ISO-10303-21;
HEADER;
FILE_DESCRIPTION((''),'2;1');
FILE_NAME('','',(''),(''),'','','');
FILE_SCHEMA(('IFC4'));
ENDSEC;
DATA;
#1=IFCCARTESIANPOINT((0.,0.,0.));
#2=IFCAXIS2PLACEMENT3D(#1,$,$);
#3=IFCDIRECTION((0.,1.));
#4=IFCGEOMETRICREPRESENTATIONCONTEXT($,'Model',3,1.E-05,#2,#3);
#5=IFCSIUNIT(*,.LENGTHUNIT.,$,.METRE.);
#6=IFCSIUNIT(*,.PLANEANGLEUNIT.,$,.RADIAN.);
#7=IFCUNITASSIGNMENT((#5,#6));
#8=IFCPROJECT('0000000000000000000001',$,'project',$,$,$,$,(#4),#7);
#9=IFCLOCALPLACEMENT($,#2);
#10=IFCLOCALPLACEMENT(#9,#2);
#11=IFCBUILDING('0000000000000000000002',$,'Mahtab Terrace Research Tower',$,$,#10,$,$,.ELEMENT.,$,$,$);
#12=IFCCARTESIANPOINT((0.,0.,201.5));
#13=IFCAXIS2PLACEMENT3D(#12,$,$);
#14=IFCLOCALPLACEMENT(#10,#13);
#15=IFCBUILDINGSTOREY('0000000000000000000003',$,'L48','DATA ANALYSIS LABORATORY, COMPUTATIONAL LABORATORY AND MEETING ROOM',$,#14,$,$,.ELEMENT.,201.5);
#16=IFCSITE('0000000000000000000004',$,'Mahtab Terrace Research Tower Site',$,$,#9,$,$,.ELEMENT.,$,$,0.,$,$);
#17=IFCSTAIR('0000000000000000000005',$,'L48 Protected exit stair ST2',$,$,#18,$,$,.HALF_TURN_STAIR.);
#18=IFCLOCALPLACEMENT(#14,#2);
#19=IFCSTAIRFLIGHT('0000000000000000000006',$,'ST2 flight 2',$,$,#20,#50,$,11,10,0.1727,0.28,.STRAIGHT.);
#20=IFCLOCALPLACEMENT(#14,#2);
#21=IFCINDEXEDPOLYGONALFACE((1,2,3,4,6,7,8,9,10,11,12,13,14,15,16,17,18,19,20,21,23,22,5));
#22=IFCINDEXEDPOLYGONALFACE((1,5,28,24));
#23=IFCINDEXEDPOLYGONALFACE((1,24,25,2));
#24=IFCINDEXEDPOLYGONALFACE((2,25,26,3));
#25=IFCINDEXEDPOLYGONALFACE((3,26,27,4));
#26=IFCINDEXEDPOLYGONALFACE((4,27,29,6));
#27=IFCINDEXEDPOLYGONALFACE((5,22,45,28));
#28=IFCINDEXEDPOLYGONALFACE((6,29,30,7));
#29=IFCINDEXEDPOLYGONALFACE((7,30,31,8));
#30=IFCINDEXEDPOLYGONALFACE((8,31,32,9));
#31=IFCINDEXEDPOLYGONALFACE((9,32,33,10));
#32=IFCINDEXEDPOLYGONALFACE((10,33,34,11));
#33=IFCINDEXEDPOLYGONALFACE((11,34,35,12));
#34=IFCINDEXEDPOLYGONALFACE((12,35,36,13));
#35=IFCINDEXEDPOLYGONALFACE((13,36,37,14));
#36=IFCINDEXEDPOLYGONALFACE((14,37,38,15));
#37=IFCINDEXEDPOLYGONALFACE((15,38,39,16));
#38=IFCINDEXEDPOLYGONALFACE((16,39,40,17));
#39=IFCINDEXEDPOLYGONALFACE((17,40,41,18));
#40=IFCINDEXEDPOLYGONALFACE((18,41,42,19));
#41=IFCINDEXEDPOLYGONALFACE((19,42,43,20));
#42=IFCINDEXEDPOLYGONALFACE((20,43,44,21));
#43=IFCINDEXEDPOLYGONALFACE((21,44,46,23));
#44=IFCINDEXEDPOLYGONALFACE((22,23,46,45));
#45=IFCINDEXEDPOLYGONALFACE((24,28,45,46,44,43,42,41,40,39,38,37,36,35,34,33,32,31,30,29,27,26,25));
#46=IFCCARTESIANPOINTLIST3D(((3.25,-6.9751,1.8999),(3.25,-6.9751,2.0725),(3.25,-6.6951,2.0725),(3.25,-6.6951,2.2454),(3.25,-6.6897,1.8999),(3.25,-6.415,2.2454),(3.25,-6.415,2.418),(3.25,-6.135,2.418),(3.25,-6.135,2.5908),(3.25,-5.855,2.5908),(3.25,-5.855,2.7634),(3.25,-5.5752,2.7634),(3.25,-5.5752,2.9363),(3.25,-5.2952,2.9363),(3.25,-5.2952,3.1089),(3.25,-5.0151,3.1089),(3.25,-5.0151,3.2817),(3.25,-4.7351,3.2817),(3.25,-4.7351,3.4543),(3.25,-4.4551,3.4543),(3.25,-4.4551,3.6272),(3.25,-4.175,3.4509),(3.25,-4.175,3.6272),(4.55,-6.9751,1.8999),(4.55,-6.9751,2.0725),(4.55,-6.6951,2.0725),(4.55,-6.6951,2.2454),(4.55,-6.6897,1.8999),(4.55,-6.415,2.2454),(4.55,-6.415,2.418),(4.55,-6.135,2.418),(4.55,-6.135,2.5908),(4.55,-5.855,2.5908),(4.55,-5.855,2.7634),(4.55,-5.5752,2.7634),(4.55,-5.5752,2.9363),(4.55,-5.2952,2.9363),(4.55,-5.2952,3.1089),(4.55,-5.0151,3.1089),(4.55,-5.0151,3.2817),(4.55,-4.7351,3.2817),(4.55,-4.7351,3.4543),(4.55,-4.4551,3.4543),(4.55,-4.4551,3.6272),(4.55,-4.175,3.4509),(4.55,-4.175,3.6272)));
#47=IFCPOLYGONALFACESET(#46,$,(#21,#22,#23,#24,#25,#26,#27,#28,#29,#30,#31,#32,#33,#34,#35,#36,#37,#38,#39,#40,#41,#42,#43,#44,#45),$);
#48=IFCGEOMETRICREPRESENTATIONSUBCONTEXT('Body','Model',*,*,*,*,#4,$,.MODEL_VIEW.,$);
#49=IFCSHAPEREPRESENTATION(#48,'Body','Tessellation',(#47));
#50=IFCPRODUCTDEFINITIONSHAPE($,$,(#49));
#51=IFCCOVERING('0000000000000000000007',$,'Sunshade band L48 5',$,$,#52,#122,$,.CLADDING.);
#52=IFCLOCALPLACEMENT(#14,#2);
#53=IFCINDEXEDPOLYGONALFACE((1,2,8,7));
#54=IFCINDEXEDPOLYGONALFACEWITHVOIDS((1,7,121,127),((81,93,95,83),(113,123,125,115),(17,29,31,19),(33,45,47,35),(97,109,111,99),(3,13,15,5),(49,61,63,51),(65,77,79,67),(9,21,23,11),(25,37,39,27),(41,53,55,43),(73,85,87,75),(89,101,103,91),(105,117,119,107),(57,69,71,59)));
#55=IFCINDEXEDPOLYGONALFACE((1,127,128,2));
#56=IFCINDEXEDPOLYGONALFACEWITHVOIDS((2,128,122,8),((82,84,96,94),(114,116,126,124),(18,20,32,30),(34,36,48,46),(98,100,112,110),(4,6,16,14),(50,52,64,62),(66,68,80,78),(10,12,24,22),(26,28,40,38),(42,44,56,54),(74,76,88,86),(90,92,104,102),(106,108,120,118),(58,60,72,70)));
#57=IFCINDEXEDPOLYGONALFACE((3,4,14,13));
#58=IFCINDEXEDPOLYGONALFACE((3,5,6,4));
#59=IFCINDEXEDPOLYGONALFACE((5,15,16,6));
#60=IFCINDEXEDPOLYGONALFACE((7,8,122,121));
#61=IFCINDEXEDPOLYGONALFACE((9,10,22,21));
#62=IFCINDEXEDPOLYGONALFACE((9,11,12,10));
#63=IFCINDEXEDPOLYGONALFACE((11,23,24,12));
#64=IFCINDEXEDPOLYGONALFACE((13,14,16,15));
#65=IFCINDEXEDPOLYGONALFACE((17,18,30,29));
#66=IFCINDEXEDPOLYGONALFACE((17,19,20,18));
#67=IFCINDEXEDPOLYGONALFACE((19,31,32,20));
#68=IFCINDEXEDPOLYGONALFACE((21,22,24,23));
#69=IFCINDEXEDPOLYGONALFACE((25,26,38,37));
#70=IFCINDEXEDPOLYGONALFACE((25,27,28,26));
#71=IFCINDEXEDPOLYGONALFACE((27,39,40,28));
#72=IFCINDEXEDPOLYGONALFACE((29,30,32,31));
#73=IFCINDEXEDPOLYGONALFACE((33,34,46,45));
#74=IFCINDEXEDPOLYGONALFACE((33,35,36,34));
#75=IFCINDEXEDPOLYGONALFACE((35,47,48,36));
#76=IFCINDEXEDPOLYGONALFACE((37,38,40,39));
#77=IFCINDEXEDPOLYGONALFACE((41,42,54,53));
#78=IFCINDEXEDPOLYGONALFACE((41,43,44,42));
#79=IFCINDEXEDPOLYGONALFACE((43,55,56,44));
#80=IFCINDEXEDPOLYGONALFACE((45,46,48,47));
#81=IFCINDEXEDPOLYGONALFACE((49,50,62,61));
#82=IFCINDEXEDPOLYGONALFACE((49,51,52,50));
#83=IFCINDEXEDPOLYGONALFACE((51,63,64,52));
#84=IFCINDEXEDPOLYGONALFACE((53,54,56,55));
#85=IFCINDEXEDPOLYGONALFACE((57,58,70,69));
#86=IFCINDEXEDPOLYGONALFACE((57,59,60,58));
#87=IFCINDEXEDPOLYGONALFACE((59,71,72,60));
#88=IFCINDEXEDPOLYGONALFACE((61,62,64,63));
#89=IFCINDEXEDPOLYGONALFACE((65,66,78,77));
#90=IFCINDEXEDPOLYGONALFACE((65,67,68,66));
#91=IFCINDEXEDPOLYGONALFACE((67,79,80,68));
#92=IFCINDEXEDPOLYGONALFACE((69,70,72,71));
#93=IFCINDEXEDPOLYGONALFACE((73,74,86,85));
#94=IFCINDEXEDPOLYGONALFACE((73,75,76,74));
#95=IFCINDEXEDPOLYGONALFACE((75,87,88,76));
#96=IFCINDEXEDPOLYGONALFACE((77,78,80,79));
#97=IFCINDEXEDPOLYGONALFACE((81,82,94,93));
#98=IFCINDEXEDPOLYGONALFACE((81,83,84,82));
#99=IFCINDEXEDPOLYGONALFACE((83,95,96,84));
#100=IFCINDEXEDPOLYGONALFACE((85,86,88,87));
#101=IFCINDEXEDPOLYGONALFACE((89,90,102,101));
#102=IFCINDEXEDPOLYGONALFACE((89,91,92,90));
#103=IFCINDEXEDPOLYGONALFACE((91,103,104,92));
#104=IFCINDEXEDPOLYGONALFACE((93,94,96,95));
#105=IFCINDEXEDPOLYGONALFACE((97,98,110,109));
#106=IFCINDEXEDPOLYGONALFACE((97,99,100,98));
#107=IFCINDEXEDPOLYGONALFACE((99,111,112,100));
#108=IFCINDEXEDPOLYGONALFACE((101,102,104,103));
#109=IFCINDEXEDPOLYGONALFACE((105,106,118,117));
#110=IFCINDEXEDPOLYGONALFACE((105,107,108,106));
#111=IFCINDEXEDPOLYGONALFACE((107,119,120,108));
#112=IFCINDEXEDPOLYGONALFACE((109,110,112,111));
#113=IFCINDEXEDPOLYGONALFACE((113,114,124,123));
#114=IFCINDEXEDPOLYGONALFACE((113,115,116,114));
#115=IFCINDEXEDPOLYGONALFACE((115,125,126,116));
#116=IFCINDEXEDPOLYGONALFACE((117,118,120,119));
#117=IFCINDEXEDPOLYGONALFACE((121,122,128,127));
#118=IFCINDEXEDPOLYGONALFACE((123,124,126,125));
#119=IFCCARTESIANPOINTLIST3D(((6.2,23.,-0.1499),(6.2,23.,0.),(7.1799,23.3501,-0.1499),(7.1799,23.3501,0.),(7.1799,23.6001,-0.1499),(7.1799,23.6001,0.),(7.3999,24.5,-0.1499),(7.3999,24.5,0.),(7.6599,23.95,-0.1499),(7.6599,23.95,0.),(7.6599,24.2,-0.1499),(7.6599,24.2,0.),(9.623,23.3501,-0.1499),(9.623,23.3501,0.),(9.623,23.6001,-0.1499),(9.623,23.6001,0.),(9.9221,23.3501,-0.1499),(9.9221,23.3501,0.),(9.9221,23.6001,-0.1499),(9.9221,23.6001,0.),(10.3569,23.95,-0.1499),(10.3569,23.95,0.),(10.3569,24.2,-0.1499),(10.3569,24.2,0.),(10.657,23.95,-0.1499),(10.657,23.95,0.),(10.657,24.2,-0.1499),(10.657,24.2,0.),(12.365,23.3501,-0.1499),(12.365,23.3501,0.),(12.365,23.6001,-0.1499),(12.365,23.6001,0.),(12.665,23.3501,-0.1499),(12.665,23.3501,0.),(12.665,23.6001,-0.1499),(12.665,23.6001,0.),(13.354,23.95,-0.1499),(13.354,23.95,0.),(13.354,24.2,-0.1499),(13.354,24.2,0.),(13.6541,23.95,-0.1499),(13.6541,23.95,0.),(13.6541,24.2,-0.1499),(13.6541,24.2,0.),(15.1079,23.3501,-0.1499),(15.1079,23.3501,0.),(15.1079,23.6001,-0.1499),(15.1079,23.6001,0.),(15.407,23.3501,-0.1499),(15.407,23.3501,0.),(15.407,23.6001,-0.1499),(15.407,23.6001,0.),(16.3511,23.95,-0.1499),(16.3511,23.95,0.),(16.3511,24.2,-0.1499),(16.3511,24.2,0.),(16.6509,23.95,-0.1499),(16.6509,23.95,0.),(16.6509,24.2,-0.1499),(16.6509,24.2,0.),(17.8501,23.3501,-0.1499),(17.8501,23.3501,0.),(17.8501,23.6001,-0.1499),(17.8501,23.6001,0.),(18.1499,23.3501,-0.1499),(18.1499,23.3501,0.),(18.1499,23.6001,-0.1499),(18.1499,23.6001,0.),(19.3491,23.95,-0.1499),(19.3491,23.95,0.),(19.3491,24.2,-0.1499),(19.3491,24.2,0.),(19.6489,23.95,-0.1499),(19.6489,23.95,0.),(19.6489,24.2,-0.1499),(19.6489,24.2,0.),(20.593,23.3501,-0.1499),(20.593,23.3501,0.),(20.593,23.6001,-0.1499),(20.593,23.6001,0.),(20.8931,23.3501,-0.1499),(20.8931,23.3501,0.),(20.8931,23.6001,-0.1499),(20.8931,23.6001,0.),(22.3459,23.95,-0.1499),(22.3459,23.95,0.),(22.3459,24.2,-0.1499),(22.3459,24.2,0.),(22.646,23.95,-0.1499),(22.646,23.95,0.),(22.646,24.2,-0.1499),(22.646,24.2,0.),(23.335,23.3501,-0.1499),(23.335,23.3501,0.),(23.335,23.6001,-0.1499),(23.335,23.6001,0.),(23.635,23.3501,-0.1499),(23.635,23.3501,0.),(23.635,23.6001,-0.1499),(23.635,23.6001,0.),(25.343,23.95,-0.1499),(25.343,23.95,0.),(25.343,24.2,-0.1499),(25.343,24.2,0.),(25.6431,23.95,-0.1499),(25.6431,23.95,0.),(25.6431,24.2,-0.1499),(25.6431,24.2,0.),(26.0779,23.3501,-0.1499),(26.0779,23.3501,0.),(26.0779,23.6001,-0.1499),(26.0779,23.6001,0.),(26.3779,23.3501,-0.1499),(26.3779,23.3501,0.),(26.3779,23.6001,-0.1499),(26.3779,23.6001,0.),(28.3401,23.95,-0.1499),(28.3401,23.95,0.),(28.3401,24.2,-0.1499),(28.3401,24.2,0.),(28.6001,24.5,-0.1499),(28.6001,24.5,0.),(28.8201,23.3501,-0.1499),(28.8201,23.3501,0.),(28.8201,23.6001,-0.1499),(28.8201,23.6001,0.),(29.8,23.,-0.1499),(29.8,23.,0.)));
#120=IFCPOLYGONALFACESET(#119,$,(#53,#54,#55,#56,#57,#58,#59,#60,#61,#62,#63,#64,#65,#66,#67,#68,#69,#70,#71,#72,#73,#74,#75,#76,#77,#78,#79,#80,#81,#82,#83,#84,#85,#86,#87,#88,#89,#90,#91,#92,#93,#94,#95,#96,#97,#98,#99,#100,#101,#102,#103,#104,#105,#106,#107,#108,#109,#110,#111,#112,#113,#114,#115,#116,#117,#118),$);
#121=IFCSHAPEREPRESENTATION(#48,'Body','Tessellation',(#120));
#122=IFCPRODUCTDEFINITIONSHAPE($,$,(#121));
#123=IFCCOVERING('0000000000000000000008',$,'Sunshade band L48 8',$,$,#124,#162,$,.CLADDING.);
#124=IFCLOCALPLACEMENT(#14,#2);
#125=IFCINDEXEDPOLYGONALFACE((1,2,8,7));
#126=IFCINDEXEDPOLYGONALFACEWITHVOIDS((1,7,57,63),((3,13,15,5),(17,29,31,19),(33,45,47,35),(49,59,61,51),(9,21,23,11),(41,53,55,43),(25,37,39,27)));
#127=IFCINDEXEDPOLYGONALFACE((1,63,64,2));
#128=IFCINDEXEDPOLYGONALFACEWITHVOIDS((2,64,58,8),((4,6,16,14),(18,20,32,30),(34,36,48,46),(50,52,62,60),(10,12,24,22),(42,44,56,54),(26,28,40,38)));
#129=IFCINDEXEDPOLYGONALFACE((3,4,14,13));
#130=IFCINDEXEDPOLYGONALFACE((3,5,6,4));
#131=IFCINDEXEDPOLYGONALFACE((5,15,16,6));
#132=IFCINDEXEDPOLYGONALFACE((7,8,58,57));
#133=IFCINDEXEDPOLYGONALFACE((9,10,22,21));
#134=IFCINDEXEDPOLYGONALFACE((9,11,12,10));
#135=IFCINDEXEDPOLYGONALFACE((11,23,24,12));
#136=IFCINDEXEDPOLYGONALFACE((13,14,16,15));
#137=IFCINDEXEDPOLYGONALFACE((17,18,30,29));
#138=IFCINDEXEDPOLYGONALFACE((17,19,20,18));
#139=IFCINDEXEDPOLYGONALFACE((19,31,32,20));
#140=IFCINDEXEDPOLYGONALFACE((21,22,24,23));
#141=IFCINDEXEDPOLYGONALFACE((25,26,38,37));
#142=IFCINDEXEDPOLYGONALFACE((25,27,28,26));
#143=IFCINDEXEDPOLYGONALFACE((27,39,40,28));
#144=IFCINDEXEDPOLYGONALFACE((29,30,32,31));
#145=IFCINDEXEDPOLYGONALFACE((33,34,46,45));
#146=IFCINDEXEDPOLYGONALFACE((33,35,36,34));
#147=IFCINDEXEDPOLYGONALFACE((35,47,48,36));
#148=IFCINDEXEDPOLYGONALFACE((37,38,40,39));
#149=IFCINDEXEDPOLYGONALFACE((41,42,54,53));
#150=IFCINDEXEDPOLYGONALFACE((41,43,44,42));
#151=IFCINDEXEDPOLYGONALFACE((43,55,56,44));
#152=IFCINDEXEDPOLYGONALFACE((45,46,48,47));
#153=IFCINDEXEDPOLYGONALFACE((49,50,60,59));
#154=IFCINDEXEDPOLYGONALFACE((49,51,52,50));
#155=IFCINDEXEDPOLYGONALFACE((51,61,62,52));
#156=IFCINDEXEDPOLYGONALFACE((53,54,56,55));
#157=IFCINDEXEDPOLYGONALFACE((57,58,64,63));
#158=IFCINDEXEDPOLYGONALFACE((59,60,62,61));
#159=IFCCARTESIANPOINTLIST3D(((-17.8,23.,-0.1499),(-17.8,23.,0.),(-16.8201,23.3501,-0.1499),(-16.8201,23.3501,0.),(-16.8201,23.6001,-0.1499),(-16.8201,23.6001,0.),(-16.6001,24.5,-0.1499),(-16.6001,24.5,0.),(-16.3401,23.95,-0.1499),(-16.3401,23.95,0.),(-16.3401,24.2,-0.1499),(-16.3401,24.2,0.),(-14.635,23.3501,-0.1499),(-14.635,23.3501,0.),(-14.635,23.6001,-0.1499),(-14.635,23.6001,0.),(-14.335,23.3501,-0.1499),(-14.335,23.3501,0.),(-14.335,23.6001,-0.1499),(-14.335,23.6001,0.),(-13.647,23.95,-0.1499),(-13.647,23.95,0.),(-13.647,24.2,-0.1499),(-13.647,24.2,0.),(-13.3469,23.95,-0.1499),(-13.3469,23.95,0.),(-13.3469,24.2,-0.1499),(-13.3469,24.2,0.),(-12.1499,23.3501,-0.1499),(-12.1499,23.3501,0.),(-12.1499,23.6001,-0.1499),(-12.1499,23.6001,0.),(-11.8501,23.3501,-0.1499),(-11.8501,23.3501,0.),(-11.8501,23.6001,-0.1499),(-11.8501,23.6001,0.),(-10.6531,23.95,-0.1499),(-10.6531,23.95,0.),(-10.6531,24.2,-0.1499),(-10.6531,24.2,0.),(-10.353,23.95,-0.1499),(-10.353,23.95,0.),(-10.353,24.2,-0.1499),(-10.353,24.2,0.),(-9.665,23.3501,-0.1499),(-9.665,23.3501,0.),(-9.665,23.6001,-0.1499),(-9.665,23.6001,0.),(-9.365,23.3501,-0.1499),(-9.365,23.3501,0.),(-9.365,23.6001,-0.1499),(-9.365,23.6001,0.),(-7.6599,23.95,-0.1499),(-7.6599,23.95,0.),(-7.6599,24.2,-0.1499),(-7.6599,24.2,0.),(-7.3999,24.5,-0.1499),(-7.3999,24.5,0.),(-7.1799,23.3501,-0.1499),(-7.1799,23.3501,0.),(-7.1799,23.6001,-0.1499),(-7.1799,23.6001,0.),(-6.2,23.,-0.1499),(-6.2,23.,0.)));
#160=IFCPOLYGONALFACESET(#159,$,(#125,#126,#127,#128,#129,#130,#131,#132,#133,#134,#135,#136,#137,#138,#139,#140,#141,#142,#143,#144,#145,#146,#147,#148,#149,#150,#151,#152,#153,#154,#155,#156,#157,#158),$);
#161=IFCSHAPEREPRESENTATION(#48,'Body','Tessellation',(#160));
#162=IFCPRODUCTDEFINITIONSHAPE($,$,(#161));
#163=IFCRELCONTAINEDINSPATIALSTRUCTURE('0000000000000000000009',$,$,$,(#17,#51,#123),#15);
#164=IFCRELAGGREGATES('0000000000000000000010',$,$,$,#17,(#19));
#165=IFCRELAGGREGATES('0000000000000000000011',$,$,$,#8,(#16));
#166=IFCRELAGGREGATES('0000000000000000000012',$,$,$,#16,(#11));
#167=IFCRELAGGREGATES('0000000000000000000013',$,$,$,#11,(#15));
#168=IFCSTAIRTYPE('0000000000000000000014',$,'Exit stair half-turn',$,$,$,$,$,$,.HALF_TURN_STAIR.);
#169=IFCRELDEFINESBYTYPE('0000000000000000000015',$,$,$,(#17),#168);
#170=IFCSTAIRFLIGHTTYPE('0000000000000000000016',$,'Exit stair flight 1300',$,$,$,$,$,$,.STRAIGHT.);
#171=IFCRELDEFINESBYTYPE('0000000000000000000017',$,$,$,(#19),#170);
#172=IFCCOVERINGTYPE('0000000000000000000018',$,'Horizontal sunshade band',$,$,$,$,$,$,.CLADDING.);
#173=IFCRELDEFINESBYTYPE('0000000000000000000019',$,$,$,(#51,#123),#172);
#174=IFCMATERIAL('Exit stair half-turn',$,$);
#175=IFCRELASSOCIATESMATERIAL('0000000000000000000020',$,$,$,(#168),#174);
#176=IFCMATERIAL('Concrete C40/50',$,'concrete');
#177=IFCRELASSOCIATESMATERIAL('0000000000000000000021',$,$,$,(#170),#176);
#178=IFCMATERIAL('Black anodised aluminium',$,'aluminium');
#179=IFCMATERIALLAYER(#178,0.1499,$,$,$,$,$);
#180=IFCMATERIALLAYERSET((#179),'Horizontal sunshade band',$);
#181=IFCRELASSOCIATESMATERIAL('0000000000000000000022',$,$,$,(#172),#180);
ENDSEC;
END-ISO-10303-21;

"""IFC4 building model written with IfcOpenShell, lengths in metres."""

from ifc_helpers import new_model, si_unit, direction, frame, origin, place, context, subcontext, project, spatial, polyline, outline, extrude, material, layer, layer_set, type_object, element, aggregate, save


model = new_model("IFC4")

# Units and contexts
model_context = context("Model", 3, precision=1e-05, world=origin(), true_north=direction((0.0, 1.0)))
body_context = subcontext(model_context, "Body", "Model", "MODEL_VIEW")
ifc_project = project(units=[si_unit("LENGTHUNIT", "METRE"), si_unit("PLANEANGLEUNIT", "RADIAN")], contexts=[model_context])

# Site, building, storey
site_placement = place(None, origin())
site = spatial("IfcSite", under=ifc_project, at=site_placement, Name="Mahtab Terrace Research Tower Site", CompositionType="ELEMENT", RefElevation=0.0)
building_placement = place(site_placement, origin())
building = spatial("IfcBuilding", under=site, at=building_placement, Name="Mahtab Terrace Research Tower", CompositionType="ELEMENT")
storey_placement = place(building_placement, frame((0.0, 0.0, 201.5)))
storey = spatial("IfcBuildingStorey", under=building, at=storey_placement, Name="L48", Description="DATA ANALYSIS LABORATORY, COMPUTATIONAL LABORATORY AND MEETING ROOM", CompositionType="ELEMENT", Elevation=201.5)

# Shared definitions
ifc_material_1 = material(Name="Concrete C40/50", Category="concrete")

# Stair, stair flight
ifc_material_2 = material(Name="Exit stair half-turn")
stair_type = type_object("IfcStairType", Name="Exit stair half-turn", PredefinedType="HALF_TURN_STAIR", material=ifc_material_2)
stair_placement = place(storey_placement, origin())
stair = element("IfcStair", 1, at=stair_placement, inside=storey, type_object=stair_type, Name="L48 Protected exit stair ST2", PredefinedType="HALF_TURN_STAIR")
stair_flight_type = type_object("IfcStairFlightType", Name="Exit stair flight 1300", PredefinedType="STRAIGHT", material=ifc_material_1)
stair_flight_1_placement = place(storey_placement, frame((3.8999, -6.9751, 1.8999), z_axis=(0.0, 0.0, 1.0), x_axis=(0.0, 1.0, 0.0)))
stair_flight_1 = element("IfcStairFlight", 2, at=stair_flight_1_placement, type_object=stair_flight_type, Name="ST2 flight 2", NumberOfRisers=11, NumberOfTreads=10, PredefinedType="STRAIGHT", RiserHeight=0.1727, TreadLength=0.28, context=body_context, shape_type="SweptSolid", body=[
    extrude(outline(polyline([(0.0, 0.0), (0.0, 0.1726), (0.28, 0.1726), (0.28, 0.3455), (0.5601, 0.3455), (0.5601, 0.5181), (0.8401, 0.5181), (0.8401, 0.6909), (1.1201, 0.6909), (1.1201, 0.8635), (1.3999, 0.8635), (1.3999, 1.0364), (1.6799, 1.0364), (1.6799, 1.209), (1.96, 1.209), (1.96, 1.3818), (2.24, 1.3818), (2.24, 1.5544), (2.52, 1.5544), (2.52, 1.7273), (2.8, 1.7273), (2.8, 1.8999), (2.8, 1.551), (0.2854, 0.0), (0.0, 0.0)])), frame((0.0, 0.6499, 0.0), z_axis=(0.0, -1.0, 0.0), x_axis=(1.0, 0.0, 0.0)), (0.0, 0.0, 1.0), 1.3),
])
aggregate(stair, [stair_flight_1])

# Coverings
ifc_material_3 = material(Name="Black anodised aluminium", Category="aluminium")
ifc_layer_1 = layer(ifc_material_3, 0.1499)
ifc_layer_set_1 = layer_set([ifc_layer_1], Name="Horizontal sunshade band")
covering_type = type_object("IfcCoveringType", Name="Horizontal sunshade band", PredefinedType="CLADDING", material=ifc_layer_set_1)
covering_1_placement = place(storey_placement, frame((0.0, 0.0, -0.1499)))
element("IfcCovering", 3, at=covering_1_placement, inside=storey, type_object=covering_type, Name="Sunshade band L48 5", PredefinedType="CLADDING", context=body_context, shape_type="SweptSolid", body=[
    extrude(outline(polyline([(29.8, 23.0), (6.2, 23.0), (7.3999, 24.5), (28.6001, 24.5), (29.8, 23.0)]), holes=[polyline([(28.8201, 23.3501), (26.3779, 23.3501), (26.3779, 23.6001), (28.8201, 23.6001), (28.8201, 23.3501)]), polyline([(26.0779, 23.3501), (23.635, 23.3501), (23.635, 23.6001), (26.0779, 23.6001), (26.0779, 23.3501)]), polyline([(23.335, 23.3501), (20.8931, 23.3501), (20.8931, 23.6001), (23.335, 23.6001), (23.335, 23.3501)]), polyline([(20.593, 23.3501), (18.1499, 23.3501), (18.1499, 23.6001), (20.593, 23.6001), (20.593, 23.3501)]), polyline([(17.8501, 23.3501), (15.407, 23.3501), (15.407, 23.6001), (17.8501, 23.6001), (17.8501, 23.3501)]), polyline([(15.1079, 23.3501), (12.665, 23.3501), (12.665, 23.6001), (15.1079, 23.6001), (15.1079, 23.3501)]), polyline([(12.365, 23.3501), (9.9221, 23.3501), (9.9221, 23.6001), (12.365, 23.6001), (12.365, 23.3501)]), polyline([(9.623, 23.3501), (7.1799, 23.3501), (7.1799, 23.6001), (9.623, 23.6001), (9.623, 23.3501)]), polyline([(28.3401, 23.95), (25.6431, 23.95), (25.6431, 24.2), (28.3401, 24.2), (28.3401, 23.95)]), polyline([(25.343, 23.95), (22.646, 23.95), (22.646, 24.2), (25.343, 24.2), (25.343, 23.95)]), polyline([(22.3459, 23.95), (19.6489, 23.95), (19.6489, 24.2), (22.3459, 24.2), (22.3459, 23.95)]), polyline([(19.3491, 23.95), (16.6509, 23.95), (16.6509, 24.2), (19.3491, 24.2), (19.3491, 23.95)]), polyline([(16.3511, 23.95), (13.6541, 23.95), (13.6541, 24.2), (16.3511, 24.2), (16.3511, 23.95)]), polyline([(13.354, 23.95), (10.657, 23.95), (10.657, 24.2), (13.354, 24.2), (13.354, 23.95)]), polyline([(10.3569, 23.95), (7.6599, 23.95), (7.6599, 24.2), (10.3569, 24.2), (10.3569, 23.95)])]), origin(), (0.0, 0.0, 1.0), 0.1499),
])
covering_2_placement = place(storey_placement, frame((0.0, 0.0, -0.1499)))
element("IfcCovering", 4, at=covering_2_placement, inside=storey, type_object=covering_type, Name="Sunshade band L48 8", PredefinedType="CLADDING", context=body_context, shape_type="SweptSolid", body=[
    extrude(outline(polyline([(-6.2, 23.0), (-17.8, 23.0), (-16.6001, 24.5), (-7.3999, 24.5), (-6.2, 23.0)]), holes=[polyline([(-7.1799, 23.3501), (-9.365, 23.3501), (-9.365, 23.6001), (-7.1799, 23.6001), (-7.1799, 23.3501)]), polyline([(-9.665, 23.3501), (-11.8501, 23.3501), (-11.8501, 23.6001), (-9.665, 23.6001), (-9.665, 23.3501)]), polyline([(-12.1499, 23.3501), (-14.335, 23.3501), (-14.335, 23.6001), (-12.1499, 23.6001), (-12.1499, 23.3501)]), polyline([(-14.635, 23.3501), (-16.8201, 23.3501), (-16.8201, 23.6001), (-14.635, 23.6001), (-14.635, 23.3501)]), polyline([(-7.6599, 23.95), (-10.353, 23.95), (-10.353, 24.2), (-7.6599, 24.2), (-7.6599, 23.95)]), polyline([(-10.6531, 23.95), (-13.3469, 23.95), (-13.3469, 24.2), (-10.6531, 24.2), (-10.6531, 23.95)]), polyline([(-13.647, 23.95), (-16.3401, 23.95), (-16.3401, 24.2), (-13.647, 24.2), (-13.647, 23.95)])]), origin(), (0.0, 0.0, 1.0), 0.1499),
])

save(model, "model.ifc")
